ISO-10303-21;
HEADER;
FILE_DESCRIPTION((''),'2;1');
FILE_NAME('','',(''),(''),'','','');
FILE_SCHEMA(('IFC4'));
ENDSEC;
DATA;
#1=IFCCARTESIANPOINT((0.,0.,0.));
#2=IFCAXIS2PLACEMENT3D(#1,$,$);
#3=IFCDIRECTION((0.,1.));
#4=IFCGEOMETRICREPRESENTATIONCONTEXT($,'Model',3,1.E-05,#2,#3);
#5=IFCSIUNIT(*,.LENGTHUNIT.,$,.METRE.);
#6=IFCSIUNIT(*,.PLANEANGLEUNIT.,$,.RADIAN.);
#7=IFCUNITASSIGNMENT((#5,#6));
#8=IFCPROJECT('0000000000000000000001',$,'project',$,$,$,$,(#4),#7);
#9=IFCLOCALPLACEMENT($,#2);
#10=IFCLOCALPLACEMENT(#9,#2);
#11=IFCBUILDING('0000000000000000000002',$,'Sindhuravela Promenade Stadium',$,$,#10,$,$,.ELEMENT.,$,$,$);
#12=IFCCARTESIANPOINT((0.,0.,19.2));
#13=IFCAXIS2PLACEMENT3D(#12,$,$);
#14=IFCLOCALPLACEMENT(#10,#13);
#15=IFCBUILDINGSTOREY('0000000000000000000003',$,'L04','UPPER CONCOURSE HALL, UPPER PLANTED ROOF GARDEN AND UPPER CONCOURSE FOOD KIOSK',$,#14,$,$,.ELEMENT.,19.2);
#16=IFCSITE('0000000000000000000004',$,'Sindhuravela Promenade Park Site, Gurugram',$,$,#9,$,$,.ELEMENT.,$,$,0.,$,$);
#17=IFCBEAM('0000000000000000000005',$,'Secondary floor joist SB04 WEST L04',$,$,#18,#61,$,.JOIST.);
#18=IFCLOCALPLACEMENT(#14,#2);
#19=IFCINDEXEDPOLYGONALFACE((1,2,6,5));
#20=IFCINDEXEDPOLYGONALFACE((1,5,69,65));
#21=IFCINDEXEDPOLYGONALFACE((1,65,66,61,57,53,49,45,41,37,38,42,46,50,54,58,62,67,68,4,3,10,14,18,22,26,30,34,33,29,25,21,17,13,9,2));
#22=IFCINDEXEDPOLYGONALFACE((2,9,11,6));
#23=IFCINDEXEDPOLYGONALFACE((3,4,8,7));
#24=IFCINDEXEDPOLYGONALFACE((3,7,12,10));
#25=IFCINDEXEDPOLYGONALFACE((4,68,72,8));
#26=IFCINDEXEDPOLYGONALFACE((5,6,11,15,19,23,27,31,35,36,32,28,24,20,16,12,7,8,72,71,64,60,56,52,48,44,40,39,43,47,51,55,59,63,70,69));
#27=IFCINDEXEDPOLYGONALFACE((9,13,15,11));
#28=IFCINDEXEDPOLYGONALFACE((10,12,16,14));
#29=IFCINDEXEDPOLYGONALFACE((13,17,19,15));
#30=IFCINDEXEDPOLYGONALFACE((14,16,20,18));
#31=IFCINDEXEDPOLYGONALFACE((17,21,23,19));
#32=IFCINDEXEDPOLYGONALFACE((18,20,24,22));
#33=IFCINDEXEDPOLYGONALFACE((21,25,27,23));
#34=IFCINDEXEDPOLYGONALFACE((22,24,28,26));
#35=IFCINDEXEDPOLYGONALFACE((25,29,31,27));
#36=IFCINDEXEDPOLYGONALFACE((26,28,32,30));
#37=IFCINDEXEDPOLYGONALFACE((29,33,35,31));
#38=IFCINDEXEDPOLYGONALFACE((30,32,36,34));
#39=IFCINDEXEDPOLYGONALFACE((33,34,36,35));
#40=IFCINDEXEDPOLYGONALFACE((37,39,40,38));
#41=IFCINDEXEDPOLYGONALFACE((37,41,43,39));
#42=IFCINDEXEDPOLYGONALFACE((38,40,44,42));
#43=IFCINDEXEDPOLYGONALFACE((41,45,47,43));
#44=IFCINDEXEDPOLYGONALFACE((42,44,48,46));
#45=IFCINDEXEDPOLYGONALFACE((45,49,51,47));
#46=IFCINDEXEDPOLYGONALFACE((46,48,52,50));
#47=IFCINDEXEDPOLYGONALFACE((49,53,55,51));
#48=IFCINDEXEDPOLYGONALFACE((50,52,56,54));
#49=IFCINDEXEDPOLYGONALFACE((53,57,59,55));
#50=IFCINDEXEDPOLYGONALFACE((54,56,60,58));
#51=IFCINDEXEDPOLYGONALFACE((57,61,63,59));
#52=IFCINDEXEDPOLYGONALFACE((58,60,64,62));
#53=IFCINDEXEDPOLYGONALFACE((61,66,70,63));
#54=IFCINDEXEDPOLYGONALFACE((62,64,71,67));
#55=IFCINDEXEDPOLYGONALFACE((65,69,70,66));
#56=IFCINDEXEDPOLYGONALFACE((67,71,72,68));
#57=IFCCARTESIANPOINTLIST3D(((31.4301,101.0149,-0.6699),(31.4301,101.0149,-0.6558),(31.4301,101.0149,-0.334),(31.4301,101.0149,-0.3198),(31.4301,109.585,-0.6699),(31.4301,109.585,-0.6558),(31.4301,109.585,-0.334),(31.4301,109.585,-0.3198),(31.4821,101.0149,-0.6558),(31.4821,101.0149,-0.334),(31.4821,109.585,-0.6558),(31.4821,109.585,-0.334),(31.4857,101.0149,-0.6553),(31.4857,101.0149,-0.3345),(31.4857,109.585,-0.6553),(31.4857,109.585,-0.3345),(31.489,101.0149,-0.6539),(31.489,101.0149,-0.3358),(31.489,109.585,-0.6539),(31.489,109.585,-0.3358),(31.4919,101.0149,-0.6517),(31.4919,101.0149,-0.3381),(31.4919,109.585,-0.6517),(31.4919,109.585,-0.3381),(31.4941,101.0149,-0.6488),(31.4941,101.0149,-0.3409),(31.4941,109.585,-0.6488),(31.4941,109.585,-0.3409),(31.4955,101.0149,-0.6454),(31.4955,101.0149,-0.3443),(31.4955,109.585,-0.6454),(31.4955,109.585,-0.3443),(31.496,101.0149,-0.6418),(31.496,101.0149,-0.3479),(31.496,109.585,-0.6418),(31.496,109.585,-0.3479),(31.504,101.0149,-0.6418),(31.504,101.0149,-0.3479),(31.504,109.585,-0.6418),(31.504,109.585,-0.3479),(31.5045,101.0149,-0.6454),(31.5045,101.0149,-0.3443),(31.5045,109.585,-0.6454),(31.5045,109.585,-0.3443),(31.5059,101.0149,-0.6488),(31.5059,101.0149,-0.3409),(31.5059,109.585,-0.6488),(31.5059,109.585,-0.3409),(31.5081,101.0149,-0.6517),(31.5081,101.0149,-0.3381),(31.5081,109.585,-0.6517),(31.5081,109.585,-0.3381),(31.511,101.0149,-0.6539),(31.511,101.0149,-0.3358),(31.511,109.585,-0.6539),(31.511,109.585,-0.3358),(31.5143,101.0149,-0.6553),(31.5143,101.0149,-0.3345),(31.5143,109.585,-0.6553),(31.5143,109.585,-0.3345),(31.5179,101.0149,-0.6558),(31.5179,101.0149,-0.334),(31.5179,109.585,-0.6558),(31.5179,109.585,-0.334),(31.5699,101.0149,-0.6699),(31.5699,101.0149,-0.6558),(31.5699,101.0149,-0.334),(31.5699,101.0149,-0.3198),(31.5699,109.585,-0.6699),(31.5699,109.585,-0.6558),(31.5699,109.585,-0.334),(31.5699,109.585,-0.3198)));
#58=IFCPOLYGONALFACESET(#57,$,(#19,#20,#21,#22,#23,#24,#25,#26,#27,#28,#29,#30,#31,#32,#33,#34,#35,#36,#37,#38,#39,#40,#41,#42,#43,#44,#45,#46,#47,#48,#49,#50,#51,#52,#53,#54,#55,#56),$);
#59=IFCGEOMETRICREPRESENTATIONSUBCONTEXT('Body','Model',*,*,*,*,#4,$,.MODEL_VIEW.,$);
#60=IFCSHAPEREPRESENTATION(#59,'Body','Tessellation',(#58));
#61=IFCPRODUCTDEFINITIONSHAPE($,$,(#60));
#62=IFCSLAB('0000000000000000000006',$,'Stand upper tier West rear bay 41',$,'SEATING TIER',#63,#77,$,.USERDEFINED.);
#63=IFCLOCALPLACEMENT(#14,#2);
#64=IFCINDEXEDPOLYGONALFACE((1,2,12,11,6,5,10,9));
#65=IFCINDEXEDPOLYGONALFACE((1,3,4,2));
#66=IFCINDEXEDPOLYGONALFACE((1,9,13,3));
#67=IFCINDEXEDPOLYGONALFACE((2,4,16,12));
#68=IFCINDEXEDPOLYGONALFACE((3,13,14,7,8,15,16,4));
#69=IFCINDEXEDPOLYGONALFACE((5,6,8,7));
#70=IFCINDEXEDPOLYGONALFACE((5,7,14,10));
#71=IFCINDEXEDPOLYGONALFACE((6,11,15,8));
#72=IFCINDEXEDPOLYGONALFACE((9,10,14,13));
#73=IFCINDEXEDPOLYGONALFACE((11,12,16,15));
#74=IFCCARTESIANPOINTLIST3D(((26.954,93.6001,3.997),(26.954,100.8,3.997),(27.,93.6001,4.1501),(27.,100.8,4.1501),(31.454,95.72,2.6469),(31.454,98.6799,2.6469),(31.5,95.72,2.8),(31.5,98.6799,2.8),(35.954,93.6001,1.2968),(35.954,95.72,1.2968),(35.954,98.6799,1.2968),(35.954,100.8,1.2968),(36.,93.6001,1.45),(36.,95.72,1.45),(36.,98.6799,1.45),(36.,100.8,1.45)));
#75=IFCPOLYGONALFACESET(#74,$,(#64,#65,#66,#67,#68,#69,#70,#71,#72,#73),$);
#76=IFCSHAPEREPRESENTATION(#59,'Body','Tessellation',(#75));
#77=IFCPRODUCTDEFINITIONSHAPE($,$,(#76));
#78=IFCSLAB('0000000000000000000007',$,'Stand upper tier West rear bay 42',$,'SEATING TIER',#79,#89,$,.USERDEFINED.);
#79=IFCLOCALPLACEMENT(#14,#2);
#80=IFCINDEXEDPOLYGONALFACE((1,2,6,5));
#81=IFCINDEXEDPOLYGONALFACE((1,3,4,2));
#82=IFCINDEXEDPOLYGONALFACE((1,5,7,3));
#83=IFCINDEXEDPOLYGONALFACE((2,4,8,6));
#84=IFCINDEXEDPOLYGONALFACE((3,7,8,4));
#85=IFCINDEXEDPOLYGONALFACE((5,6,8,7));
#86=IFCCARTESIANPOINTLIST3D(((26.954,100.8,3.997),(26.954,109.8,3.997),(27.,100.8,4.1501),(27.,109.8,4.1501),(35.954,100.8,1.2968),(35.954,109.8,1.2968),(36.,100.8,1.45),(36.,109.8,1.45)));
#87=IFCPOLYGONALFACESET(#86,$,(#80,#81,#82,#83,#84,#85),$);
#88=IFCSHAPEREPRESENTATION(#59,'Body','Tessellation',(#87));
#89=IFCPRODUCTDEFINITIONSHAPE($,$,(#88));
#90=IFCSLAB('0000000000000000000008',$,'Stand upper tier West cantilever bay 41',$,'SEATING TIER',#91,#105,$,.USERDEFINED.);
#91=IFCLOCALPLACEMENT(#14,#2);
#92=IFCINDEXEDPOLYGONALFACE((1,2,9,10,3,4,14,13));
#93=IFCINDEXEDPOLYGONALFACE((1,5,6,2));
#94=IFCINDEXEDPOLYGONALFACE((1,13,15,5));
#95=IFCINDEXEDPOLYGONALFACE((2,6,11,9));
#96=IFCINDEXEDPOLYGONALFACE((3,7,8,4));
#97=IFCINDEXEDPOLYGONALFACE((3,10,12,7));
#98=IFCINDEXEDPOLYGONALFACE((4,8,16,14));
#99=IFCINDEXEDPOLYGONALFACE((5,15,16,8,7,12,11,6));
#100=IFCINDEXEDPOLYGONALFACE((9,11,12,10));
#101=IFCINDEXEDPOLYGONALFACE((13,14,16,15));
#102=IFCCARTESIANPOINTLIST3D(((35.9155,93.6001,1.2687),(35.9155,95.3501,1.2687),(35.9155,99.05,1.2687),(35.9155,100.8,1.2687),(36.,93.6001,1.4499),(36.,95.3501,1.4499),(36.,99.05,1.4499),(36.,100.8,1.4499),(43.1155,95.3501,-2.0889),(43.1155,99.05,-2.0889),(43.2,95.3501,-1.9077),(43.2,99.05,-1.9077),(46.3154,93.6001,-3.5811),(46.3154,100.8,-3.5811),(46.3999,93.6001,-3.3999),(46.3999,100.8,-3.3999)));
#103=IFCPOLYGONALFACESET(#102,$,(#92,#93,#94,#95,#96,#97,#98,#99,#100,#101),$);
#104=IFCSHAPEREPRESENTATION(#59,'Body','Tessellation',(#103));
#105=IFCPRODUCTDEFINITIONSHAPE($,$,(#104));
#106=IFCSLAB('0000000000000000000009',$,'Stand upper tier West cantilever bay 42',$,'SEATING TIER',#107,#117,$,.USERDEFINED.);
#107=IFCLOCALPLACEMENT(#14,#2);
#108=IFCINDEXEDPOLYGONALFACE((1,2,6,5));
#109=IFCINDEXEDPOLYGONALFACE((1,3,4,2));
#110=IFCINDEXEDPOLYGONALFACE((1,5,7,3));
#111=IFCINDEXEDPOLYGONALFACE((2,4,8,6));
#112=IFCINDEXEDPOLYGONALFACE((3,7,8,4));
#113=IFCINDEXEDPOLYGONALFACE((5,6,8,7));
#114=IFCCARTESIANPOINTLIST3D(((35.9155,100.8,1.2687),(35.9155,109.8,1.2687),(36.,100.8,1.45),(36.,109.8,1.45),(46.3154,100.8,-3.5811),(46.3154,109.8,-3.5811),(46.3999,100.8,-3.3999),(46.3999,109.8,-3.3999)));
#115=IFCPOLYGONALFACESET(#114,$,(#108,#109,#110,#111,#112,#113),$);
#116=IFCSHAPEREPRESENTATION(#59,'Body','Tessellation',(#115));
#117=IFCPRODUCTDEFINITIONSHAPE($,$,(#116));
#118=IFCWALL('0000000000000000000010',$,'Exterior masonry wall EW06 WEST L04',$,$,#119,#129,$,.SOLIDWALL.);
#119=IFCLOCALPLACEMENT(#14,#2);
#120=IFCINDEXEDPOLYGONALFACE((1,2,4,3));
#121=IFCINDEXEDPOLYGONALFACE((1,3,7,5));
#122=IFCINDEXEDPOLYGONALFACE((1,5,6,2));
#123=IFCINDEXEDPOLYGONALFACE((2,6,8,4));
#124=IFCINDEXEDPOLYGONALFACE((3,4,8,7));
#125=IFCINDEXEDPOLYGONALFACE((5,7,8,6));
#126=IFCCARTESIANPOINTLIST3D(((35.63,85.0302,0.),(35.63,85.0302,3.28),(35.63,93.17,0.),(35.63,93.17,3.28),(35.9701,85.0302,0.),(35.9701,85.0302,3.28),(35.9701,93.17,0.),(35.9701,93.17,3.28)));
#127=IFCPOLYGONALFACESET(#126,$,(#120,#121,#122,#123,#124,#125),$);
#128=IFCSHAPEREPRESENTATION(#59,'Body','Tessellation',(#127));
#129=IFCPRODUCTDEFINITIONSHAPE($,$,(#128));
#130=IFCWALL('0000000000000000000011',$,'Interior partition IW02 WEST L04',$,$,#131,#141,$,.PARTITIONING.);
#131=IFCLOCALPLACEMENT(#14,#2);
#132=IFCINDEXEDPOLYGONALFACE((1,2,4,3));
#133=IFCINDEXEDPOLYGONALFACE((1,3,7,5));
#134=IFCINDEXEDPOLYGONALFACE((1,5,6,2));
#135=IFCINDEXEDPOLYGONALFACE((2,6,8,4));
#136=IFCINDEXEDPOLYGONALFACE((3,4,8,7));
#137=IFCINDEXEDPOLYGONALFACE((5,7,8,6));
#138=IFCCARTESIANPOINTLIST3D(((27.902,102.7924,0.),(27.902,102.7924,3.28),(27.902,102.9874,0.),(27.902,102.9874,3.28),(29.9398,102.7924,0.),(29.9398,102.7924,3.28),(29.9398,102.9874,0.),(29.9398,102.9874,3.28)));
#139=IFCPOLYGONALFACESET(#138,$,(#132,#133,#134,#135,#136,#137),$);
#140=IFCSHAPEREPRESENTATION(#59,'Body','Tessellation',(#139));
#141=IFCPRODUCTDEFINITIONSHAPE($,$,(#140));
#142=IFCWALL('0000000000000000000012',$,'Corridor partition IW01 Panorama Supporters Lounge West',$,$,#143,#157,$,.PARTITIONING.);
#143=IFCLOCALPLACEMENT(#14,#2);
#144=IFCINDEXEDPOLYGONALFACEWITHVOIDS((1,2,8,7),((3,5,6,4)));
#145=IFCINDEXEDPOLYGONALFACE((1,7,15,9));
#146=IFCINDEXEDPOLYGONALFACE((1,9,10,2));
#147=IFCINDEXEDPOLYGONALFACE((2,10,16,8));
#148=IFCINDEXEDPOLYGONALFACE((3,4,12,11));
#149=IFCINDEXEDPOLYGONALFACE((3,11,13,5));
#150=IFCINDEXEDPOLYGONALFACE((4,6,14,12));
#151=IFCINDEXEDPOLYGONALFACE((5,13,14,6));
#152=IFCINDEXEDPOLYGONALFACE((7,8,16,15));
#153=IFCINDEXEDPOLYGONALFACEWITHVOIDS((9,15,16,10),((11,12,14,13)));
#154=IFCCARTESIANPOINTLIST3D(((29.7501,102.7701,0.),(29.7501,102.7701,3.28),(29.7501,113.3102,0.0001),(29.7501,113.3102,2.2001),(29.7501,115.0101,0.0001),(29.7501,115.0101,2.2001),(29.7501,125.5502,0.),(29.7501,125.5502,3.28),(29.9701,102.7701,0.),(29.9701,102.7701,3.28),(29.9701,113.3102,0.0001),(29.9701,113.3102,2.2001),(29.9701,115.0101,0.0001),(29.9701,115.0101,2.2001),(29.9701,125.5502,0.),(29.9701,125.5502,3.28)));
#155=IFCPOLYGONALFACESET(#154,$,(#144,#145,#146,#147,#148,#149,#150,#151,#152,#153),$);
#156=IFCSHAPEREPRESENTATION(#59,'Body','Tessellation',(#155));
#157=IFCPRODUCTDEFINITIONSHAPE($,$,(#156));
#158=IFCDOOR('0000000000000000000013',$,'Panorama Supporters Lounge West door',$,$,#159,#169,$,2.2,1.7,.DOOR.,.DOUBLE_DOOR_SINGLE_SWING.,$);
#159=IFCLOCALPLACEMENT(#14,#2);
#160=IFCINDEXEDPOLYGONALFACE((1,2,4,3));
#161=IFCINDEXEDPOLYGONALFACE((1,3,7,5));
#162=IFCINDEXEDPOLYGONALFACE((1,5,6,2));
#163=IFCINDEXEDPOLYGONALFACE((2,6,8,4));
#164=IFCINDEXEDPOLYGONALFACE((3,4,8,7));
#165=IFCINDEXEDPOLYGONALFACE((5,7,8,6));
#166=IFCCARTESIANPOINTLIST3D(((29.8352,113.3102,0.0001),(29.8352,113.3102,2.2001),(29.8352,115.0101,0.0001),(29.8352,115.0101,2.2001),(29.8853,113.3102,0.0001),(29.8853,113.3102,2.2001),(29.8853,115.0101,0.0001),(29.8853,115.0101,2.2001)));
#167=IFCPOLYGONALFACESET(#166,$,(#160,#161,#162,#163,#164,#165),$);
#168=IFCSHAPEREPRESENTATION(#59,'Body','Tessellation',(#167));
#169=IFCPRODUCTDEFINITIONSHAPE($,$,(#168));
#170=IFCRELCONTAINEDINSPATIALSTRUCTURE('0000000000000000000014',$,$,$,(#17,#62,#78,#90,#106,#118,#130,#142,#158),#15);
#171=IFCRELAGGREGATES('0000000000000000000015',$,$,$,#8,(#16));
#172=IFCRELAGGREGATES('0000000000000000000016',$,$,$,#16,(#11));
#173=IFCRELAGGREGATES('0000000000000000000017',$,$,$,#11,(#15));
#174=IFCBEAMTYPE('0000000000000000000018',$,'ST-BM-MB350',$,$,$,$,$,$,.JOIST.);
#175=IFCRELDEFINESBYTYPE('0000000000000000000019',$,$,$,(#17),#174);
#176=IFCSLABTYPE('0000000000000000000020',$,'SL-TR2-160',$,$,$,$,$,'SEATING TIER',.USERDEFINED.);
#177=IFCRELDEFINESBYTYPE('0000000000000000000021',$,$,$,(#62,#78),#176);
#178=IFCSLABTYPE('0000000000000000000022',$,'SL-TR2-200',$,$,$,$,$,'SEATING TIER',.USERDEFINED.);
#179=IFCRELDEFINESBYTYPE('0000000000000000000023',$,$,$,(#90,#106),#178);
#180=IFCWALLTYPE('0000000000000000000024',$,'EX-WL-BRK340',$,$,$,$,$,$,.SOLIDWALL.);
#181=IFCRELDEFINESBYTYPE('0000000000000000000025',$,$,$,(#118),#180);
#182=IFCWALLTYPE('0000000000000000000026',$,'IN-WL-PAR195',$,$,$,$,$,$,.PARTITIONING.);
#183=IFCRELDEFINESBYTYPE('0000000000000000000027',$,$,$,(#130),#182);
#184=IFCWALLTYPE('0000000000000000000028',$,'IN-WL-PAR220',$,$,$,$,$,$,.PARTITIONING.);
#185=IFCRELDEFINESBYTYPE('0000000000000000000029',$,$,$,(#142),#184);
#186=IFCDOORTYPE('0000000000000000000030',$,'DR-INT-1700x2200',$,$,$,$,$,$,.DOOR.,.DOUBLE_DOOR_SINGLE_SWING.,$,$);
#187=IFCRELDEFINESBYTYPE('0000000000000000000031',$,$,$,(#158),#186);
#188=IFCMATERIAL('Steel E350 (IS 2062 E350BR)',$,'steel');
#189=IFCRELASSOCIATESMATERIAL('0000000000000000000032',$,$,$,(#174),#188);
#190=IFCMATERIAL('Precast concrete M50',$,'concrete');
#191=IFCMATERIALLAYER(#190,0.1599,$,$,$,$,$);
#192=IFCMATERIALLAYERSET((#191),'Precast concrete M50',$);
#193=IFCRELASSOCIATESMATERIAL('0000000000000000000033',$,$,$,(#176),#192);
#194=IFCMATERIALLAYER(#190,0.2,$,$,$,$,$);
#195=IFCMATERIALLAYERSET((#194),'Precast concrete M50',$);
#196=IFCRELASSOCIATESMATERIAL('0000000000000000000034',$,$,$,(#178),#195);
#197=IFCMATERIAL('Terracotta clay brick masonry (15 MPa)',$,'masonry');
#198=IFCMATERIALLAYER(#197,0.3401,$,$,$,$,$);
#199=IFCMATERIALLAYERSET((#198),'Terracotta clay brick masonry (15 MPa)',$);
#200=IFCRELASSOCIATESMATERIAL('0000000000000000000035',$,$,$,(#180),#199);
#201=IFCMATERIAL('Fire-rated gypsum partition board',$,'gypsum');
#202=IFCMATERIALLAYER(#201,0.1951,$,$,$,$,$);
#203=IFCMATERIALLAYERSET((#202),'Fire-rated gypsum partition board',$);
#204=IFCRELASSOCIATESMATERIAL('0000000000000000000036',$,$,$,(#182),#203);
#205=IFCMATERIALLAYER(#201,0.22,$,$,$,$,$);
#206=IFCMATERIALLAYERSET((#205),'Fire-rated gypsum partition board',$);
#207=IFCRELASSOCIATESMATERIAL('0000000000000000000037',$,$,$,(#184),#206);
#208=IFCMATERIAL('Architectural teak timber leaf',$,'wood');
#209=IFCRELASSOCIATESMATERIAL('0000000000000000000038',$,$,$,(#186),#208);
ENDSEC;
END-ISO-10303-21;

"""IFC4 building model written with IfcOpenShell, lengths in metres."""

from ifc_helpers import new_model, si_unit, direction, frame, frame_2d, origin, origin_2d, place, context, subcontext, project, spatial, polyline, rectangle, i_section, outline, extrude, material, layer, layer_set, material_profile, profile_set, type_object, element, fill, save


model = new_model("IFC4")

# Units and contexts
model_context = context("Model", 3, precision=1e-05, world=origin(), true_north=direction((0.0, 1.0)))
body_context = subcontext(model_context, "Body", "Model", "MODEL_VIEW")
ifc_project = project(units=[si_unit("LENGTHUNIT", "METRE"), si_unit("PLANEANGLEUNIT", "RADIAN")], contexts=[model_context])

# Site, building, storey
site_placement = place(None, origin())
site = spatial("IfcSite", under=ifc_project, at=site_placement, Name="Sindhuravela Promenade Park Site, Gurugram", CompositionType="ELEMENT", RefElevation=0.0)
building_placement = place(site_placement, origin())
building = spatial("IfcBuilding", under=site, at=building_placement, Name="Sindhuravela Promenade Stadium", CompositionType="ELEMENT")
storey_placement = place(building_placement, frame((0.0, 0.0, 19.2)))
storey = spatial("IfcBuildingStorey", under=building, at=storey_placement, Name="L04", Description="UPPER CONCOURSE HALL, UPPER PLANTED ROOF GARDEN AND UPPER CONCOURSE FOOD KIOSK", CompositionType="ELEMENT", Elevation=19.2)

# Beam
ifc_material_1 = material(Name="Steel E350 (IS 2062 E350BR)", Category="steel")
ifc_material_profile_1 = material_profile(ifc_material_1, i_section(OverallWidth=0.1399, OverallDepth=0.3501, WebThickness=0.0081, FlangeThickness=0.0142, FilletRadius=0.0139, at=origin_2d()), Name="ISMB 350")
ifc_profile_set_1 = profile_set([ifc_material_profile_1], Name="Steel E350 (IS 2062 E350BR)")
beam_type_1 = type_object("IfcBeamType", Name="ST-BM-MB350", PredefinedType="JOIST", material=ifc_profile_set_1)
beam_1_placement = place(storey_placement, frame((31.5, 101.0149, -0.4949), z_axis=(0.0, 1.0, 0.0), x_axis=(-1.0, 0.0, 0.0)))
element("IfcBeam", 1, at=beam_1_placement, inside=storey, type_object=beam_type_1, Name="Secondary floor joist SB04 WEST L04", PredefinedType="JOIST", context=body_context, shape_type="SweptSolid", body=[
    extrude(i_section(OverallWidth=0.1399, OverallDepth=0.3501, WebThickness=0.0081, FlangeThickness=0.0142, FilletRadius=0.0139, at=origin_2d()), origin(), (0.0, 0.0, 1.0), 8.5701),
])

# Slabs
ifc_material_2 = material(Name="Precast concrete M50", Category="concrete")
ifc_layer_1 = layer(ifc_material_2, 0.1599)
ifc_layer_set_1 = layer_set([ifc_layer_1], Name="Precast concrete M50")
slab_type_1 = type_object("IfcSlabType", Name="SL-TR2-160", ElementType="SEATING TIER", PredefinedType="USERDEFINED", material=ifc_layer_set_1)
slab_1_placement = place(storey_placement, frame((36.0, 93.6001, 1.45), z_axis=(0.287367, 0.0, 0.957821), x_axis=(0.0, 1.0, 0.0)))
element("IfcSlab", 2, at=slab_1_placement, inside=storey, type_object=slab_type_1, Name="Stand upper tier West rear bay 41", ObjectType="SEATING TIER", PredefinedType="USERDEFINED", context=body_context, shape_type="SweptSolid", body=[
    extrude(outline(polyline([(0.0, 0.0), (2.1199, 0.0), (2.1199, 4.6982), (5.0798, 4.6982), (5.0798, 0.0), (7.2, 0.0), (7.2, 9.3963), (0.0, 9.3963), (0.0, 0.0)])), origin(), (0.0, 0.0, -1.0), 0.1599),
])
slab_2_placement = place(storey_placement, frame((36.0, 100.8, 1.45), z_axis=(0.287367, 0.0, 0.957821), x_axis=(0.0, 1.0, 0.0)))
element("IfcSlab", 3, at=slab_2_placement, inside=storey, type_object=slab_type_1, Name="Stand upper tier West rear bay 42", ObjectType="SEATING TIER", PredefinedType="USERDEFINED", context=body_context, shape_type="SweptSolid", body=[
    extrude(outline(polyline([(0.0, 0.0), (9.0, 0.0), (9.0, 9.3963), (0.0, 9.3963), (0.0, 0.0)])), origin(), (0.0, 0.0, -1.0), 0.1599),
])
ifc_layer_2 = layer(ifc_material_2, 0.2)
ifc_layer_set_2 = layer_set([ifc_layer_2], Name="Precast concrete M50")
slab_type_2 = type_object("IfcSlabType", Name="SL-TR2-200", ElementType="SEATING TIER", PredefinedType="USERDEFINED", material=ifc_layer_set_2)
slab_3_placement = place(storey_placement, frame((46.3999, 93.6001, -3.3999), z_axis=(0.422636, 0.0, 0.9063), x_axis=(0.0, 1.0, 0.0)))
element("IfcSlab", 4, at=slab_3_placement, inside=storey, type_object=slab_type_2, Name="Stand upper tier West cantilever bay 41", ObjectType="SEATING TIER", PredefinedType="USERDEFINED", context=body_context, shape_type="SweptSolid", body=[
    extrude(outline(polyline([(0.0, 0.0), (7.2, 0.0), (7.2, 11.4751), (5.45, 11.4751), (5.45, 3.5308), (1.75, 3.5308), (1.75, 11.4751), (0.0, 11.4751), (0.0, 0.0)])), origin(), (0.0, 0.0, -1.0), 0.2),
])
slab_4_placement = place(storey_placement, frame((46.3999, 100.8, -3.3999), z_axis=(0.42264, 0.0, 0.906298), x_axis=(0.0, 1.0, 0.0)))
element("IfcSlab", 5, at=slab_4_placement, inside=storey, type_object=slab_type_2, Name="Stand upper tier West cantilever bay 42", ObjectType="SEATING TIER", PredefinedType="USERDEFINED", context=body_context, shape_type="SweptSolid", body=[
    extrude(outline(polyline([(0.0, 0.0), (9.0, 0.0), (9.0, 11.4751), (0.0, 11.4751), (0.0, 0.0)])), origin(), (0.0, 0.0, -1.0), 0.2),
])

# Walls
ifc_material_3 = material(Name="Terracotta clay brick masonry (15 MPa)", Category="masonry")
ifc_layer_3 = layer(ifc_material_3, 0.3401)
ifc_layer_set_3 = layer_set([ifc_layer_3], Name="Terracotta clay brick masonry (15 MPa)")
wall_type_1 = type_object("IfcWallType", Name="EX-WL-BRK340", PredefinedType="SOLIDWALL", material=ifc_layer_set_3)
wall_1_placement = place(storey_placement, frame((35.8, 93.1699, 0.0), z_axis=(0.0, 0.0, 1.0), x_axis=(0.0, -1.0, 0.0)))
element("IfcWall", 6, at=wall_1_placement, inside=storey, type_object=wall_type_1, Name="Exterior masonry wall EW06 WEST L04", PredefinedType="SOLIDWALL", context=body_context, shape_type="SweptSolid", body=[
    extrude(rectangle(XDim=8.1399, YDim=0.3401, at=frame_2d((4.0698, 0.0))), origin(), (0.0, 0.0, 1.0), 3.28),
])
ifc_material_4 = material(Name="Fire-rated gypsum partition board", Category="gypsum")
ifc_layer_4 = layer(ifc_material_4, 0.1951)
ifc_layer_set_4 = layer_set([ifc_layer_4], Name="Fire-rated gypsum partition board")
wall_type_2 = type_object("IfcWallType", Name="IN-WL-PAR195", PredefinedType="PARTITIONING", material=ifc_layer_set_4)
wall_2_placement = place(storey_placement, frame((29.9399, 102.8899, 0.0), z_axis=(0.0, 0.0, 1.0), x_axis=(-1.0, 0.0, 0.0)))
element("IfcWall", 7, at=wall_2_placement, inside=storey, type_object=wall_type_2, Name="Interior partition IW02 WEST L04", PredefinedType="PARTITIONING", context=body_context, shape_type="SweptSolid", body=[
    extrude(rectangle(XDim=2.0378, YDim=0.1951, at=frame_2d((1.019, 0.0))), origin(), (0.0, 0.0, 1.0), 3.28),
])

# Wall, opening, door
ifc_layer_5 = layer(ifc_material_4, 0.22)
ifc_layer_set_5 = layer_set([ifc_layer_5], Name="Fire-rated gypsum partition board")
wall_type_3 = type_object("IfcWallType", Name="IN-WL-PAR220", PredefinedType="PARTITIONING", material=ifc_layer_set_5)
wall_3_placement = place(storey_placement, frame((29.8601, 102.77, 0.0), z_axis=(0.0, 0.0, 1.0), x_axis=(0.0, 1.0, 0.0)))
wall_3 = element("IfcWall", 8, at=wall_3_placement, inside=storey, type_object=wall_type_3, Name="Corridor partition IW01 Panorama Supporters Lounge West", PredefinedType="PARTITIONING", context=body_context, shape_type="SweptSolid", body=[
    extrude(rectangle(XDim=22.78, YDim=0.22, at=frame_2d((11.3901, 0.0))), origin(), (0.0, 0.0, 1.0), 3.28),
])
opening_placement = place(wall_3_placement, frame((10.54, 0.0, 0.0)))
opening = element("IfcOpeningElement", 9, at=opening_placement, cuts=wall_3, PredefinedType="OPENING", context=body_context, shape_type="SweptSolid", body=[
    extrude(rectangle(XDim=1.7, YDim=2.2, at=frame_2d((0.8501, 1.1001))), frame((0.0, 0.1199, 0.0), z_axis=(0.0, -1.0, 0.0), x_axis=(1.0, 0.0, 0.0)), (0.0, 0.0, 1.0), 0.24),
])
ifc_material_5 = material(Name="Architectural teak timber leaf", Category="wood")
door_type = type_object("IfcDoorType", Name="DR-INT-1700x2200", OperationType="DOUBLE_DOOR_SINGLE_SWING", PredefinedType="DOOR", material=ifc_material_5)
door_placement = place(opening_placement, origin())
door = element("IfcDoor", 10, at=door_placement, inside=storey, type_object=door_type, Name="Panorama Supporters Lounge West door", OperationType="DOUBLE_DOOR_SINGLE_SWING", OverallHeight=2.2, OverallWidth=1.7, PredefinedType="DOOR", context=body_context, shape_type="SweptSolid", body=[
    extrude(rectangle(XDim=1.7, YDim=2.2, at=frame_2d((0.8501, 1.1001))), frame((0.0, 0.0249, 0.0), z_axis=(0.0, -1.0, 0.0), x_axis=(1.0, 0.0, 0.0)), (0.0, 0.0, 1.0), 0.05),
])
fill(opening, door)

save(model, "model.ifc")
